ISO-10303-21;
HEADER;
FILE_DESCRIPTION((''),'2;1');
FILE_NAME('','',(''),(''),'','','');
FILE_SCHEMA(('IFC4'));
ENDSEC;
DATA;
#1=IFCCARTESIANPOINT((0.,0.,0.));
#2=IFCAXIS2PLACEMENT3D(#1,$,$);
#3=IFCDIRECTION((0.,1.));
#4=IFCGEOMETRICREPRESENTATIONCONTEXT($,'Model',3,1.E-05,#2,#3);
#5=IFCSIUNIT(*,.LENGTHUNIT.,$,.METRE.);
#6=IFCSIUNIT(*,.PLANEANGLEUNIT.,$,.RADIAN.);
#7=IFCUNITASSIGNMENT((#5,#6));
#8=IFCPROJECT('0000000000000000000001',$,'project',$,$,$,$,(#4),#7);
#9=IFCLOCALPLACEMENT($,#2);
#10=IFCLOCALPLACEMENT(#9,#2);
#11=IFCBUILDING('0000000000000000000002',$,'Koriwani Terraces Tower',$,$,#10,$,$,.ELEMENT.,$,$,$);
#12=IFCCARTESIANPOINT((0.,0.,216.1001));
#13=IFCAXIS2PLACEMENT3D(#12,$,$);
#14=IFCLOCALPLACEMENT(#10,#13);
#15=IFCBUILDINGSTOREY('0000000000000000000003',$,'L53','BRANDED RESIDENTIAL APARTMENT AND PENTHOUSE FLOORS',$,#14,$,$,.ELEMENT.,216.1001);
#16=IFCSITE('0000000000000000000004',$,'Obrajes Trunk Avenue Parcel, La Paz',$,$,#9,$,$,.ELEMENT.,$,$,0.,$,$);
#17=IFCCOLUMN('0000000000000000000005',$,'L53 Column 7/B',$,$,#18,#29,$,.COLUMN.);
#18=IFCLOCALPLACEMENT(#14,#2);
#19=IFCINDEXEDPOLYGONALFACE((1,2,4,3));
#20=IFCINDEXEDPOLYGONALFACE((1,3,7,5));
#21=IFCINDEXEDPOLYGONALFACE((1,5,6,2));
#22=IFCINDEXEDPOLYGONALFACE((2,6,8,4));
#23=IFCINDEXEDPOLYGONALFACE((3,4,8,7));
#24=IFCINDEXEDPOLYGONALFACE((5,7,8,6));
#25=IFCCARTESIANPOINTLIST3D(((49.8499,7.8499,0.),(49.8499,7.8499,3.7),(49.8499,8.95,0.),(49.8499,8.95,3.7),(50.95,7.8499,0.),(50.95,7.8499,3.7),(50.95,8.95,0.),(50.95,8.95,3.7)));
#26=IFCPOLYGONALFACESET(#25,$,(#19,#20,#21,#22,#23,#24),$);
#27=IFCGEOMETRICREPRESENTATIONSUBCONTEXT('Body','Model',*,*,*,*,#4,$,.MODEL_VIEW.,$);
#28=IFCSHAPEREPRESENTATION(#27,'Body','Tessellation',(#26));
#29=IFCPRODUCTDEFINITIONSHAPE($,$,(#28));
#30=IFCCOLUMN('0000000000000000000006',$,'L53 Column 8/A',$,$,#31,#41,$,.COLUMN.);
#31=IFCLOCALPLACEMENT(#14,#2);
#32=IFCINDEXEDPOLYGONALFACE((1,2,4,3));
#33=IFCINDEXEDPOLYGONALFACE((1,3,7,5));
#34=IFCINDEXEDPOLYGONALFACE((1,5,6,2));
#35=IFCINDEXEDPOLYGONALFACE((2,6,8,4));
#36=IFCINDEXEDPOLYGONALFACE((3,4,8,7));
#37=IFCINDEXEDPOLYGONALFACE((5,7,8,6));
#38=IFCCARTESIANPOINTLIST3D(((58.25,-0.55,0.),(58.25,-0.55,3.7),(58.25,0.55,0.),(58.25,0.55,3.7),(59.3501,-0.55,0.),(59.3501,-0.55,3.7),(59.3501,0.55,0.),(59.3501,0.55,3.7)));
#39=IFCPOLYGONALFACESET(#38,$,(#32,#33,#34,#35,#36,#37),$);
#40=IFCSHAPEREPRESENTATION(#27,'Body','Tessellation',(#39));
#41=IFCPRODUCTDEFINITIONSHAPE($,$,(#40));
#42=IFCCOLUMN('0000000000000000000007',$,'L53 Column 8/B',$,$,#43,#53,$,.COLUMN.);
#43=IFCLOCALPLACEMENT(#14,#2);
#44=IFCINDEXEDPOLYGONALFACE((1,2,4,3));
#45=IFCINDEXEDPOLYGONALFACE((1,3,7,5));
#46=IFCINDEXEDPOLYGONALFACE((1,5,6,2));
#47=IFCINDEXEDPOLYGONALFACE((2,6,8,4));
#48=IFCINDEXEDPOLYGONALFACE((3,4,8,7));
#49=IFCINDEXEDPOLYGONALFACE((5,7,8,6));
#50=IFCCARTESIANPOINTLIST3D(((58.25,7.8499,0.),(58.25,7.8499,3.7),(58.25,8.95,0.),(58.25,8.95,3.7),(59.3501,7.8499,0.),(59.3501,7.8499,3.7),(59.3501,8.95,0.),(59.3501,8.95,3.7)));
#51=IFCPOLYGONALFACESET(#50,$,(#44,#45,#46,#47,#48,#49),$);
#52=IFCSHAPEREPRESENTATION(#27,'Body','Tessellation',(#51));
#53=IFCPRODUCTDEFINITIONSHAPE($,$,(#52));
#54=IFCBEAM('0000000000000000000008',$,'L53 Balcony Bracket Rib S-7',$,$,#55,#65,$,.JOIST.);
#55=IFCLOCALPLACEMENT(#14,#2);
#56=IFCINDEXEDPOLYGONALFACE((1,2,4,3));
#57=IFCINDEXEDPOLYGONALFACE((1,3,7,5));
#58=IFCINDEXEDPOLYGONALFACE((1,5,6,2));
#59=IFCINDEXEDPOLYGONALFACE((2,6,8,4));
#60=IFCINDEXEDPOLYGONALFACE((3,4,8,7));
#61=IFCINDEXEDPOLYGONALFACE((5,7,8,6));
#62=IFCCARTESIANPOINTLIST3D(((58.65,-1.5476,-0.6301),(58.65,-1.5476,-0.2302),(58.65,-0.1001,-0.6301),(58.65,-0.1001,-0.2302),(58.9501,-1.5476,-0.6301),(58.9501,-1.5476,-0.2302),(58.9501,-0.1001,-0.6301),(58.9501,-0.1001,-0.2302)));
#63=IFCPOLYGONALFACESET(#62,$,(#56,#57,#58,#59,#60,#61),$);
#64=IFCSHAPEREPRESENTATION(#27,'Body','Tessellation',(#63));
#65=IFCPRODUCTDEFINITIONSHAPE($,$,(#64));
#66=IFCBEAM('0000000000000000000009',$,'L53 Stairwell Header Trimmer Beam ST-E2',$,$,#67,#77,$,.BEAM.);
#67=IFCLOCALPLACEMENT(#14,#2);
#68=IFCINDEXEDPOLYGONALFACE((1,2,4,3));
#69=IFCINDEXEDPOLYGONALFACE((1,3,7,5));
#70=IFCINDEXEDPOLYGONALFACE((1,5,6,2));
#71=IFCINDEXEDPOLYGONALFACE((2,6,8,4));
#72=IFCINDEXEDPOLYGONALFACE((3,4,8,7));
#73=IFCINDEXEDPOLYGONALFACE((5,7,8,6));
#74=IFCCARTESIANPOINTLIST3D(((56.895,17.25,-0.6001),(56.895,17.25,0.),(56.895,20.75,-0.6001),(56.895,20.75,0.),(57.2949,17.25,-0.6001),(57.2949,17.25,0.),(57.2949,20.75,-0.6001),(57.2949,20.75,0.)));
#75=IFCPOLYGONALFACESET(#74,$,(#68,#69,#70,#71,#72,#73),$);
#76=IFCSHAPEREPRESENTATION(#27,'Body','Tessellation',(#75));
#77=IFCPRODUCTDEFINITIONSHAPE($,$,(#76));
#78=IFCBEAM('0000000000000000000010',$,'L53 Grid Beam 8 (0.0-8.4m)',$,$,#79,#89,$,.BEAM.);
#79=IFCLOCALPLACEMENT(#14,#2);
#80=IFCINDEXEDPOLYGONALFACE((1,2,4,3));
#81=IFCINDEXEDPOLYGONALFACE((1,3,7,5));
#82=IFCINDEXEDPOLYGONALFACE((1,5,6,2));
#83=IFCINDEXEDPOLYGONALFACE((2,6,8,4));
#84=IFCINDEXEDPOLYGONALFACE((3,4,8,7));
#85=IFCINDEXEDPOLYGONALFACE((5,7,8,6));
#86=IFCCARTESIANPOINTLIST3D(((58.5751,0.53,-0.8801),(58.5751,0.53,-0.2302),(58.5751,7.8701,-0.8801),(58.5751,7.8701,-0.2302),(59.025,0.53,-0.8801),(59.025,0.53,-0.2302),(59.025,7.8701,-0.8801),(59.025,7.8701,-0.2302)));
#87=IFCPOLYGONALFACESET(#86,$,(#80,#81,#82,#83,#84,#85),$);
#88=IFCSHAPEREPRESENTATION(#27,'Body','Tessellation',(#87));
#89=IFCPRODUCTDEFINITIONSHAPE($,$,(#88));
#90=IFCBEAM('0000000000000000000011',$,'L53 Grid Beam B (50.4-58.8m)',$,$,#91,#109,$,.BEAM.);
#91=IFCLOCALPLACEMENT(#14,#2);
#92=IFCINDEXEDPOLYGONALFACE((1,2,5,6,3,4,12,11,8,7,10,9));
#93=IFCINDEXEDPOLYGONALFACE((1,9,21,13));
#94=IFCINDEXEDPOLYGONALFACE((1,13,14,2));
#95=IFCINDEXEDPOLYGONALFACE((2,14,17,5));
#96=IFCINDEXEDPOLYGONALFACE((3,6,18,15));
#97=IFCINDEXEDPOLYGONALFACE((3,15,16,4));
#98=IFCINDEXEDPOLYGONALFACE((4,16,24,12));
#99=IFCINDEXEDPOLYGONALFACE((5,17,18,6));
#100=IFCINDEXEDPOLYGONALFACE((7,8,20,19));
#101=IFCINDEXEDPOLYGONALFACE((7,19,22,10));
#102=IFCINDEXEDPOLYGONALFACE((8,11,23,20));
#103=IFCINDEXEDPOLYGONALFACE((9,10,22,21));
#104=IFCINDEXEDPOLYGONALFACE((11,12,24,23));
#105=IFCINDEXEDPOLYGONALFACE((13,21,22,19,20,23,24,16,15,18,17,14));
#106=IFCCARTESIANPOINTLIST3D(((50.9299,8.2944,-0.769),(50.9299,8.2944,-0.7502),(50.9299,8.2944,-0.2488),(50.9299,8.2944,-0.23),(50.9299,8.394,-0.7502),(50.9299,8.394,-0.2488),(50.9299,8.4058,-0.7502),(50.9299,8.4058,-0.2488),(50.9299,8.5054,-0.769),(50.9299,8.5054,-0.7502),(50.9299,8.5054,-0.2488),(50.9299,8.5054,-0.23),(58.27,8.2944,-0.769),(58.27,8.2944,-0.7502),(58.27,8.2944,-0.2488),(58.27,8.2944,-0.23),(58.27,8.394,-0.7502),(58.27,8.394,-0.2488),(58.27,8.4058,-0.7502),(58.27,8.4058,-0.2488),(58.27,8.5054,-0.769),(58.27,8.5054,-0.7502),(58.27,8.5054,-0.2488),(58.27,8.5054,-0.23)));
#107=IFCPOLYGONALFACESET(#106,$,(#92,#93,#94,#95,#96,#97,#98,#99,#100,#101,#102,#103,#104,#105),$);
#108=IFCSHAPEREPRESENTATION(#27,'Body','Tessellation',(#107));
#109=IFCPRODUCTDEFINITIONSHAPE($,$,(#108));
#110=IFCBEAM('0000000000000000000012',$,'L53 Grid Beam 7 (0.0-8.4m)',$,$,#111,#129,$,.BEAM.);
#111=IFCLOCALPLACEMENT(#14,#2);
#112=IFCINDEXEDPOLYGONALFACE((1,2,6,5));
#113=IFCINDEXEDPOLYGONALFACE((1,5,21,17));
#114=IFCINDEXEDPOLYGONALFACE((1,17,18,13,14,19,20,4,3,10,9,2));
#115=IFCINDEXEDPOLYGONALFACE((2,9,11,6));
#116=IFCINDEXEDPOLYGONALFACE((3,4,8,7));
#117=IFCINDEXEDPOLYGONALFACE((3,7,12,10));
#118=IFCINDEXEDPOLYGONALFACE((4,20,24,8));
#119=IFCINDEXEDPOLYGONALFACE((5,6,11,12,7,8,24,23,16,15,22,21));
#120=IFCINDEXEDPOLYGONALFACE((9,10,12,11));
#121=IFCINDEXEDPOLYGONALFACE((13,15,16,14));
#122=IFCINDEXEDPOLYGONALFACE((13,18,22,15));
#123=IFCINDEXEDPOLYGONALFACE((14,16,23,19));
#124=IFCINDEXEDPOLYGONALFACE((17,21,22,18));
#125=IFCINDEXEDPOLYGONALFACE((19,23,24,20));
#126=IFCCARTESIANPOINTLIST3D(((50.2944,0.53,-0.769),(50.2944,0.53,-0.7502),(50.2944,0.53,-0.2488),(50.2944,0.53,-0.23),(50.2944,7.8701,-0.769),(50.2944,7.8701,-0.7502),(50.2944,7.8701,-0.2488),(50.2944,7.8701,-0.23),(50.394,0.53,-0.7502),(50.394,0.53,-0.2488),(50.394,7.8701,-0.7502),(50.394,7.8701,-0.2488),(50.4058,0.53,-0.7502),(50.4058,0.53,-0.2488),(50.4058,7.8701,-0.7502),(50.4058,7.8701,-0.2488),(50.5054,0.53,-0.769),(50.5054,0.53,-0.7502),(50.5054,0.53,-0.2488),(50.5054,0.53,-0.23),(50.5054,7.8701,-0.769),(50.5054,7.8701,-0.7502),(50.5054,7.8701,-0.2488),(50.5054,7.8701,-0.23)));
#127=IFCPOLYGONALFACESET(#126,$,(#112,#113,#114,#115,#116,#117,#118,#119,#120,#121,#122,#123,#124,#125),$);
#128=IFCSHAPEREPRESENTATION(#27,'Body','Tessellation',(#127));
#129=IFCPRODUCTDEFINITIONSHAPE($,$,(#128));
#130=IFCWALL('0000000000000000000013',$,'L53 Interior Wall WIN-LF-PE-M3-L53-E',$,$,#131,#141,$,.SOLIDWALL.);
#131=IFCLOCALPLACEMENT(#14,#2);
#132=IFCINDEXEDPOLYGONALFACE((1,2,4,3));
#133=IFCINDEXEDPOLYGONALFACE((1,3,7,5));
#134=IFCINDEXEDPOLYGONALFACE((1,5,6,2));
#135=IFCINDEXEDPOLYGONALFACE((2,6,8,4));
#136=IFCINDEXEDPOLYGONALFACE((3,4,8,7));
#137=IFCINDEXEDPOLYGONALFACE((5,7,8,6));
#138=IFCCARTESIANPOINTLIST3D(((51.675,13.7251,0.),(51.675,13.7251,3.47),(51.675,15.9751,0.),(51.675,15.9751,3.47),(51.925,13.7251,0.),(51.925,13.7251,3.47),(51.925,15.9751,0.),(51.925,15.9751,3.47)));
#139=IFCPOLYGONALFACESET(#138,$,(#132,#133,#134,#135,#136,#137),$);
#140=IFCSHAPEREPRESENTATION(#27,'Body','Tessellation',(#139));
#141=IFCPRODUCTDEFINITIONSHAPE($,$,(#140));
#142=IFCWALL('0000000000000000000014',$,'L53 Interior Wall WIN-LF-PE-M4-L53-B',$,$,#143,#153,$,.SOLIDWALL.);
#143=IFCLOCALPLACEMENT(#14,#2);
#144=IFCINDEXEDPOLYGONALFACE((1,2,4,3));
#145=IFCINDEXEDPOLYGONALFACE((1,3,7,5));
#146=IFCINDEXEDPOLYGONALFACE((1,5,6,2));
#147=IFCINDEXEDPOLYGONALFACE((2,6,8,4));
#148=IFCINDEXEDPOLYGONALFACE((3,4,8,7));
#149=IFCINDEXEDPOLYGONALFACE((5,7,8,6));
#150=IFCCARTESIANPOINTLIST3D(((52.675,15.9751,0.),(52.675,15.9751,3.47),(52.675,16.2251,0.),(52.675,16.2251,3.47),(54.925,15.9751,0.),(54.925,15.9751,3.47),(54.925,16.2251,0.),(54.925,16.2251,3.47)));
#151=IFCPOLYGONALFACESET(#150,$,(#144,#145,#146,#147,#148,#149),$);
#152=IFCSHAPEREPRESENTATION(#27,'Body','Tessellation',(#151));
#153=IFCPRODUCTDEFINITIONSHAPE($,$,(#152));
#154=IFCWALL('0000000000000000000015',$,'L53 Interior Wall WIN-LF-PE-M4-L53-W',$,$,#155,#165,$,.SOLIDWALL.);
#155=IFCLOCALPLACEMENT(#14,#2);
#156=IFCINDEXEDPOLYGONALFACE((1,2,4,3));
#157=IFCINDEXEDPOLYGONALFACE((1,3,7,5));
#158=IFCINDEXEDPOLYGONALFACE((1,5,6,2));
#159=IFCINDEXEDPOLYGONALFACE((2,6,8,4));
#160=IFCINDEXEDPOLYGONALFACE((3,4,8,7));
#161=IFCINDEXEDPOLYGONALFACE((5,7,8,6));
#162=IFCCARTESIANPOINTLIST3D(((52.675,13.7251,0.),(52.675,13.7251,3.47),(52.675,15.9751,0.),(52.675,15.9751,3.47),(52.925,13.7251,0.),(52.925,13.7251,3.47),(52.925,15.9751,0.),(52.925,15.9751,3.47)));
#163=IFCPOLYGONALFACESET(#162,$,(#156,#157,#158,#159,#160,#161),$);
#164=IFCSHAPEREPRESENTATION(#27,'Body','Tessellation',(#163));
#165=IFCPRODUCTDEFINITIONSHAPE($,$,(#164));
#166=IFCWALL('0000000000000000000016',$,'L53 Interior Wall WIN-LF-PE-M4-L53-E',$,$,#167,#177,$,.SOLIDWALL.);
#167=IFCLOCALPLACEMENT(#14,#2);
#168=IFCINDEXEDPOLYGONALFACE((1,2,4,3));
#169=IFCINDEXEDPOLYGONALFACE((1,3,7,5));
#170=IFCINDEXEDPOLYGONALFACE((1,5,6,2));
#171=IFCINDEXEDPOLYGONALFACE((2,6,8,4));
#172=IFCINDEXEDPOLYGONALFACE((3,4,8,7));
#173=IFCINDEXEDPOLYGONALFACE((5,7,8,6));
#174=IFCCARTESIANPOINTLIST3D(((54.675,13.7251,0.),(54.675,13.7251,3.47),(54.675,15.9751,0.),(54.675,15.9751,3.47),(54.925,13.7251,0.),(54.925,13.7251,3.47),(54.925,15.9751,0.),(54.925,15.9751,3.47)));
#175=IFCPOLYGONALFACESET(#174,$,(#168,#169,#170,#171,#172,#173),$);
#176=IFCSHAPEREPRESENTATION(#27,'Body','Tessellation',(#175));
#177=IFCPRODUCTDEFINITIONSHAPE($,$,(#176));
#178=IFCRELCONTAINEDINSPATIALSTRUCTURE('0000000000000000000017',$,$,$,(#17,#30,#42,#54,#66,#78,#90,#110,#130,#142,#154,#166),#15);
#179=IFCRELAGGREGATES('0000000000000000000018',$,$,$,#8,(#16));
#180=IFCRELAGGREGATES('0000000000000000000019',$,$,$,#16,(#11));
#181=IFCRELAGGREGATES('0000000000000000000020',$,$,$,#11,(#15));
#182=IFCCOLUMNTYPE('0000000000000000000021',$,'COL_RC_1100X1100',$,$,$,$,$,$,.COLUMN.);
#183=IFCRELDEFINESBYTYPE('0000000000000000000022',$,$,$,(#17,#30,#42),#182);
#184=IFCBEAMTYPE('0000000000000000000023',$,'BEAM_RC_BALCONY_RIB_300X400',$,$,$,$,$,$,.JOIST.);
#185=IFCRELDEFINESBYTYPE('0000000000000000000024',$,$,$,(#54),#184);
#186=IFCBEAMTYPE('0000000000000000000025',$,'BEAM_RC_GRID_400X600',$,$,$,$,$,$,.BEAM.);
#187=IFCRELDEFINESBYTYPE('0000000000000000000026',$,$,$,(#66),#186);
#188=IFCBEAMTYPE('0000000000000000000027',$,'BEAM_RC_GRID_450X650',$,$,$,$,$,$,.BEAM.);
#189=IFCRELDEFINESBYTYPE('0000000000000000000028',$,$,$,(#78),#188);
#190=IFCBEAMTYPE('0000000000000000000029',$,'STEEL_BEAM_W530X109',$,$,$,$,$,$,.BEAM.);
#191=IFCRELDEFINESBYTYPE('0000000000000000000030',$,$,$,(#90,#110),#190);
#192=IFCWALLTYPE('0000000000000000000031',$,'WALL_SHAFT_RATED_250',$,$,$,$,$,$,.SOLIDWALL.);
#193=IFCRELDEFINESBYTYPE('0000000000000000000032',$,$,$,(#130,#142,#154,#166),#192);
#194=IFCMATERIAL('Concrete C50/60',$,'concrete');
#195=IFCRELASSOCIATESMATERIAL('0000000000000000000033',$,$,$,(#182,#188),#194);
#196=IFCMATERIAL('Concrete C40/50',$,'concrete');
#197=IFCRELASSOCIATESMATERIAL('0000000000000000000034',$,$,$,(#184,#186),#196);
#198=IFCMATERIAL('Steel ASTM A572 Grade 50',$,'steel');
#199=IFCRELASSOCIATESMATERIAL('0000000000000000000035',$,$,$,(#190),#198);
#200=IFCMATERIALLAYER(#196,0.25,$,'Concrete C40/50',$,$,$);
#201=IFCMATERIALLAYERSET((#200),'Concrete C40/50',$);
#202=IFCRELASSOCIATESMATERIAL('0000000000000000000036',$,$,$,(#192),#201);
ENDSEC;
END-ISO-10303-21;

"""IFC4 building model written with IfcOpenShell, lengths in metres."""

from ifc_helpers import new_model, si_unit, direction, frame, frame_2d, origin, origin_2d, place, context, subcontext, project, spatial, rectangle, i_section, extrude, material, layer, layer_set, material_profile, profile_set, type_object, element, save


model = new_model("IFC4")

# Units and contexts
model_context = context("Model", 3, precision=1e-05, world=origin(), true_north=direction((0.0, 1.0)))
body_context = subcontext(model_context, "Body", "Model", "MODEL_VIEW")
ifc_project = project(units=[si_unit("LENGTHUNIT", "METRE"), si_unit("PLANEANGLEUNIT", "RADIAN")], contexts=[model_context])

# Site, building, storey
site_placement = place(None, origin())
site = spatial("IfcSite", under=ifc_project, at=site_placement, Name="Obrajes Trunk Avenue Parcel, La Paz", CompositionType="ELEMENT", RefElevation=0.0)
building_placement = place(site_placement, origin())
building = spatial("IfcBuilding", under=site, at=building_placement, Name="Koriwani Terraces Tower", CompositionType="ELEMENT")
storey_placement = place(building_placement, frame((0.0, 0.0, 216.1001)))
storey = spatial("IfcBuildingStorey", under=building, at=storey_placement, Name="L53", Description="BRANDED RESIDENTIAL APARTMENT AND PENTHOUSE FLOORS", CompositionType="ELEMENT", Elevation=216.1001)

# Columns
ifc_material_1 = material(Name="Concrete C50/60", Category="concrete")
ifc_material_profile_1 = material_profile(ifc_material_1, rectangle(XDim=1.1001, YDim=1.1001, at=origin_2d()), Name="Concrete C50/60", Category="LoadBearing")
ifc_profile_set_1 = profile_set([ifc_material_profile_1], Name="Concrete C50/60")
column_type = type_object("IfcColumnType", Name="COL_RC_1100X1100", PredefinedType="COLUMN", material=ifc_profile_set_1)
for number, where, z_axis, x_axis, name in (
    (1, (50.3999, 8.3999, 0.0), (0.0, 0.0, 1.0), (1.0, 0.0, 0.0), "L53 Column 7/B"),
    (2, (58.8, 0.0, 0.0), (0.0, 0.0, 1.0), (1.0, 0.0, 0.0), "L53 Column 8/A"),
    (3, (58.8, 8.3999, 0.0), (0.0, 0.0, 1.0), (1.0, 0.0, 0.0), "L53 Column 8/B"),
):
    element("IfcColumn", number, at=place(storey_placement, frame(where, z_axis=z_axis, x_axis=x_axis)), inside=storey, type_object=column_type, Name=name, PredefinedType="COLUMN", context=body_context, shape_type="SweptSolid", body=[
        extrude(rectangle(XDim=1.1001, YDim=1.1001, at=origin_2d()), origin(), (0.0, 0.0, 1.0), 3.7),
    ])

# Beams
ifc_material_2 = material(Name="Concrete C40/50", Category="concrete")
ifc_material_profile_2 = material_profile(ifc_material_2, rectangle(XDim=0.3, YDim=0.3999, at=origin_2d()), Name="Concrete C40/50", Category="LoadBearing")
ifc_profile_set_2 = profile_set([ifc_material_profile_2], Name="Concrete C40/50")
beam_type_1 = type_object("IfcBeamType", Name="BEAM_RC_BALCONY_RIB_300X400", PredefinedType="JOIST", material=ifc_profile_set_2)
beam_1_placement = place(storey_placement, frame((58.8, -1.5476, -0.4302), z_axis=(0.0, 1.0, 0.0), x_axis=(-1.0, 0.0, 0.0)))
element("IfcBeam", 4, at=beam_1_placement, inside=storey, type_object=beam_type_1, Name="L53 Balcony Bracket Rib S-7", PredefinedType="JOIST", context=body_context, shape_type="SweptSolid", body=[
    extrude(rectangle(XDim=0.3, YDim=0.3999, at=origin_2d()), origin(), (0.0, 0.0, 1.0), 1.4475),
])
ifc_material_profile_3 = material_profile(ifc_material_2, rectangle(XDim=0.3999, YDim=0.6001, at=origin_2d()), Name="Concrete C40/50", Category="LoadBearing")
ifc_profile_set_3 = profile_set([ifc_material_profile_3], Name="Concrete C40/50")
beam_type_2 = type_object("IfcBeamType", Name="BEAM_RC_GRID_400X600", PredefinedType="BEAM", material=ifc_profile_set_3)
beam_2_placement = place(storey_placement, frame((57.095, 17.25, -0.3), z_axis=(0.0, 1.0, 0.0), x_axis=(-1.0, 0.0, 0.0)))
element("IfcBeam", 5, at=beam_2_placement, inside=storey, type_object=beam_type_2, Name="L53 Stairwell Header Trimmer Beam ST-E2", PredefinedType="BEAM", context=body_context, shape_type="SweptSolid", body=[
    extrude(rectangle(XDim=0.3999, YDim=0.6001, at=origin_2d()), origin(), (0.0, 0.0, 1.0), 3.5),
])
ifc_material_profile_4 = material_profile(ifc_material_1, rectangle(XDim=0.45, YDim=0.6499, at=origin_2d()), Name="Concrete C50/60", Category="LoadBearing")
ifc_profile_set_4 = profile_set([ifc_material_profile_4], Name="Concrete C50/60")
beam_type_3 = type_object("IfcBeamType", Name="BEAM_RC_GRID_450X650", PredefinedType="BEAM", material=ifc_profile_set_4)
beam_3_placement = place(storey_placement, frame((58.8, 0.53, -0.5552), z_axis=(0.0, 1.0, 0.0), x_axis=(-1.0, 0.0, 0.0)))
element("IfcBeam", 6, at=beam_3_placement, inside=storey, type_object=beam_type_3, Name="L53 Grid Beam 8 (0.0-8.4m)", PredefinedType="BEAM", context=body_context, shape_type="SweptSolid", body=[
    extrude(rectangle(XDim=0.45, YDim=0.6499, at=origin_2d()), origin(), (0.0, 0.0, 1.0), 7.3401),
])
ifc_material_3 = material(Name="Steel ASTM A572 Grade 50", Category="steel")
ifc_material_profile_5 = material_profile(ifc_material_3, i_section(OverallWidth=0.2109, OverallDepth=0.5391, WebThickness=0.0117, FlangeThickness=0.0188, at=origin_2d()), Name="Steel ASTM A572 Grade 50", Category="LoadBearing")
ifc_profile_set_5 = profile_set([ifc_material_profile_5], Name="Steel ASTM A572 Grade 50")
beam_type_4 = type_object("IfcBeamType", Name="STEEL_BEAM_W530X109", PredefinedType="BEAM", material=ifc_profile_set_5)
for number, where, z_axis, x_axis, name in (
    (7, (50.9299, 8.3999, -0.4995), (1.0, 0.0, 0.0), (0.0, 1.0, 0.0), "L53 Grid Beam B (50.4-58.8m)"),
    (8, (50.3999, 0.53, -0.4995), (0.0, 1.0, 0.0), (-1.0, 0.0, 0.0), "L53 Grid Beam 7 (0.0-8.4m)"),
):
    element("IfcBeam", number, at=place(storey_placement, frame(where, z_axis=z_axis, x_axis=x_axis)), inside=storey, type_object=beam_type_4, Name=name, PredefinedType="BEAM", context=body_context, shape_type="SweptSolid", body=[
        extrude(i_section(OverallWidth=0.2109, OverallDepth=0.5391, WebThickness=0.0117, FlangeThickness=0.0188, at=origin_2d()), origin(), (0.0, 0.0, 1.0), 7.3401),
    ])

# Shared definitions
ifc_layer = layer(ifc_material_2, 0.25, Name="Concrete C40/50")
ifc_layer_set = layer_set([ifc_layer], Name="Concrete C40/50")
wall_type = type_object("IfcWallType", Name="WALL_SHAFT_RATED_250", PredefinedType="SOLIDWALL", material=ifc_layer_set)

# Wall
wall_1_placement = place(storey_placement, frame((51.8, 13.7251, 0.0), z_axis=(0.0, 0.0, 1.0), x_axis=(0.0, 1.0, 0.0)))
element("IfcWall", 9, at=wall_1_placement, inside=storey, type_object=wall_type, Name="L53 Interior Wall WIN-LF-PE-M3-L53-E", PredefinedType="SOLIDWALL", context=body_context, shape_type="SweptSolid", body=[
    extrude(rectangle(XDim=2.25, YDim=0.25, at=frame_2d((1.125, 0.0))), origin(), (0.0, 0.0, 1.0), 3.47),
])

# Walls
for number, where, z_axis, x_axis, name in (
    (10, (52.675, 16.1001, 0.0), (0.0, 0.0, 1.0), (1.0, 0.0, 0.0), "L53 Interior Wall WIN-LF-PE-M4-L53-B"),
    (11, (52.8, 13.7251, 0.0), (0.0, 0.0, 1.0), (0.0, 1.0, 0.0), "L53 Interior Wall WIN-LF-PE-M4-L53-W"),
    (12, (54.8, 13.7251, 0.0), (0.0, 0.0, 1.0), (0.0, 1.0, 0.0), "L53 Interior Wall WIN-LF-PE-M4-L53-E"),
):
    element("IfcWall", number, at=place(storey_placement, frame(where, z_axis=z_axis, x_axis=x_axis)), inside=storey, type_object=wall_type, Name=name, PredefinedType="SOLIDWALL", context=body_context, shape_type="SweptSolid", body=[
        extrude(rectangle(XDim=2.25, YDim=0.25, at=frame_2d((1.125, 0.0))), origin(), (0.0, 0.0, 1.0), 3.47),
    ])

save(model, "model.ifc")
